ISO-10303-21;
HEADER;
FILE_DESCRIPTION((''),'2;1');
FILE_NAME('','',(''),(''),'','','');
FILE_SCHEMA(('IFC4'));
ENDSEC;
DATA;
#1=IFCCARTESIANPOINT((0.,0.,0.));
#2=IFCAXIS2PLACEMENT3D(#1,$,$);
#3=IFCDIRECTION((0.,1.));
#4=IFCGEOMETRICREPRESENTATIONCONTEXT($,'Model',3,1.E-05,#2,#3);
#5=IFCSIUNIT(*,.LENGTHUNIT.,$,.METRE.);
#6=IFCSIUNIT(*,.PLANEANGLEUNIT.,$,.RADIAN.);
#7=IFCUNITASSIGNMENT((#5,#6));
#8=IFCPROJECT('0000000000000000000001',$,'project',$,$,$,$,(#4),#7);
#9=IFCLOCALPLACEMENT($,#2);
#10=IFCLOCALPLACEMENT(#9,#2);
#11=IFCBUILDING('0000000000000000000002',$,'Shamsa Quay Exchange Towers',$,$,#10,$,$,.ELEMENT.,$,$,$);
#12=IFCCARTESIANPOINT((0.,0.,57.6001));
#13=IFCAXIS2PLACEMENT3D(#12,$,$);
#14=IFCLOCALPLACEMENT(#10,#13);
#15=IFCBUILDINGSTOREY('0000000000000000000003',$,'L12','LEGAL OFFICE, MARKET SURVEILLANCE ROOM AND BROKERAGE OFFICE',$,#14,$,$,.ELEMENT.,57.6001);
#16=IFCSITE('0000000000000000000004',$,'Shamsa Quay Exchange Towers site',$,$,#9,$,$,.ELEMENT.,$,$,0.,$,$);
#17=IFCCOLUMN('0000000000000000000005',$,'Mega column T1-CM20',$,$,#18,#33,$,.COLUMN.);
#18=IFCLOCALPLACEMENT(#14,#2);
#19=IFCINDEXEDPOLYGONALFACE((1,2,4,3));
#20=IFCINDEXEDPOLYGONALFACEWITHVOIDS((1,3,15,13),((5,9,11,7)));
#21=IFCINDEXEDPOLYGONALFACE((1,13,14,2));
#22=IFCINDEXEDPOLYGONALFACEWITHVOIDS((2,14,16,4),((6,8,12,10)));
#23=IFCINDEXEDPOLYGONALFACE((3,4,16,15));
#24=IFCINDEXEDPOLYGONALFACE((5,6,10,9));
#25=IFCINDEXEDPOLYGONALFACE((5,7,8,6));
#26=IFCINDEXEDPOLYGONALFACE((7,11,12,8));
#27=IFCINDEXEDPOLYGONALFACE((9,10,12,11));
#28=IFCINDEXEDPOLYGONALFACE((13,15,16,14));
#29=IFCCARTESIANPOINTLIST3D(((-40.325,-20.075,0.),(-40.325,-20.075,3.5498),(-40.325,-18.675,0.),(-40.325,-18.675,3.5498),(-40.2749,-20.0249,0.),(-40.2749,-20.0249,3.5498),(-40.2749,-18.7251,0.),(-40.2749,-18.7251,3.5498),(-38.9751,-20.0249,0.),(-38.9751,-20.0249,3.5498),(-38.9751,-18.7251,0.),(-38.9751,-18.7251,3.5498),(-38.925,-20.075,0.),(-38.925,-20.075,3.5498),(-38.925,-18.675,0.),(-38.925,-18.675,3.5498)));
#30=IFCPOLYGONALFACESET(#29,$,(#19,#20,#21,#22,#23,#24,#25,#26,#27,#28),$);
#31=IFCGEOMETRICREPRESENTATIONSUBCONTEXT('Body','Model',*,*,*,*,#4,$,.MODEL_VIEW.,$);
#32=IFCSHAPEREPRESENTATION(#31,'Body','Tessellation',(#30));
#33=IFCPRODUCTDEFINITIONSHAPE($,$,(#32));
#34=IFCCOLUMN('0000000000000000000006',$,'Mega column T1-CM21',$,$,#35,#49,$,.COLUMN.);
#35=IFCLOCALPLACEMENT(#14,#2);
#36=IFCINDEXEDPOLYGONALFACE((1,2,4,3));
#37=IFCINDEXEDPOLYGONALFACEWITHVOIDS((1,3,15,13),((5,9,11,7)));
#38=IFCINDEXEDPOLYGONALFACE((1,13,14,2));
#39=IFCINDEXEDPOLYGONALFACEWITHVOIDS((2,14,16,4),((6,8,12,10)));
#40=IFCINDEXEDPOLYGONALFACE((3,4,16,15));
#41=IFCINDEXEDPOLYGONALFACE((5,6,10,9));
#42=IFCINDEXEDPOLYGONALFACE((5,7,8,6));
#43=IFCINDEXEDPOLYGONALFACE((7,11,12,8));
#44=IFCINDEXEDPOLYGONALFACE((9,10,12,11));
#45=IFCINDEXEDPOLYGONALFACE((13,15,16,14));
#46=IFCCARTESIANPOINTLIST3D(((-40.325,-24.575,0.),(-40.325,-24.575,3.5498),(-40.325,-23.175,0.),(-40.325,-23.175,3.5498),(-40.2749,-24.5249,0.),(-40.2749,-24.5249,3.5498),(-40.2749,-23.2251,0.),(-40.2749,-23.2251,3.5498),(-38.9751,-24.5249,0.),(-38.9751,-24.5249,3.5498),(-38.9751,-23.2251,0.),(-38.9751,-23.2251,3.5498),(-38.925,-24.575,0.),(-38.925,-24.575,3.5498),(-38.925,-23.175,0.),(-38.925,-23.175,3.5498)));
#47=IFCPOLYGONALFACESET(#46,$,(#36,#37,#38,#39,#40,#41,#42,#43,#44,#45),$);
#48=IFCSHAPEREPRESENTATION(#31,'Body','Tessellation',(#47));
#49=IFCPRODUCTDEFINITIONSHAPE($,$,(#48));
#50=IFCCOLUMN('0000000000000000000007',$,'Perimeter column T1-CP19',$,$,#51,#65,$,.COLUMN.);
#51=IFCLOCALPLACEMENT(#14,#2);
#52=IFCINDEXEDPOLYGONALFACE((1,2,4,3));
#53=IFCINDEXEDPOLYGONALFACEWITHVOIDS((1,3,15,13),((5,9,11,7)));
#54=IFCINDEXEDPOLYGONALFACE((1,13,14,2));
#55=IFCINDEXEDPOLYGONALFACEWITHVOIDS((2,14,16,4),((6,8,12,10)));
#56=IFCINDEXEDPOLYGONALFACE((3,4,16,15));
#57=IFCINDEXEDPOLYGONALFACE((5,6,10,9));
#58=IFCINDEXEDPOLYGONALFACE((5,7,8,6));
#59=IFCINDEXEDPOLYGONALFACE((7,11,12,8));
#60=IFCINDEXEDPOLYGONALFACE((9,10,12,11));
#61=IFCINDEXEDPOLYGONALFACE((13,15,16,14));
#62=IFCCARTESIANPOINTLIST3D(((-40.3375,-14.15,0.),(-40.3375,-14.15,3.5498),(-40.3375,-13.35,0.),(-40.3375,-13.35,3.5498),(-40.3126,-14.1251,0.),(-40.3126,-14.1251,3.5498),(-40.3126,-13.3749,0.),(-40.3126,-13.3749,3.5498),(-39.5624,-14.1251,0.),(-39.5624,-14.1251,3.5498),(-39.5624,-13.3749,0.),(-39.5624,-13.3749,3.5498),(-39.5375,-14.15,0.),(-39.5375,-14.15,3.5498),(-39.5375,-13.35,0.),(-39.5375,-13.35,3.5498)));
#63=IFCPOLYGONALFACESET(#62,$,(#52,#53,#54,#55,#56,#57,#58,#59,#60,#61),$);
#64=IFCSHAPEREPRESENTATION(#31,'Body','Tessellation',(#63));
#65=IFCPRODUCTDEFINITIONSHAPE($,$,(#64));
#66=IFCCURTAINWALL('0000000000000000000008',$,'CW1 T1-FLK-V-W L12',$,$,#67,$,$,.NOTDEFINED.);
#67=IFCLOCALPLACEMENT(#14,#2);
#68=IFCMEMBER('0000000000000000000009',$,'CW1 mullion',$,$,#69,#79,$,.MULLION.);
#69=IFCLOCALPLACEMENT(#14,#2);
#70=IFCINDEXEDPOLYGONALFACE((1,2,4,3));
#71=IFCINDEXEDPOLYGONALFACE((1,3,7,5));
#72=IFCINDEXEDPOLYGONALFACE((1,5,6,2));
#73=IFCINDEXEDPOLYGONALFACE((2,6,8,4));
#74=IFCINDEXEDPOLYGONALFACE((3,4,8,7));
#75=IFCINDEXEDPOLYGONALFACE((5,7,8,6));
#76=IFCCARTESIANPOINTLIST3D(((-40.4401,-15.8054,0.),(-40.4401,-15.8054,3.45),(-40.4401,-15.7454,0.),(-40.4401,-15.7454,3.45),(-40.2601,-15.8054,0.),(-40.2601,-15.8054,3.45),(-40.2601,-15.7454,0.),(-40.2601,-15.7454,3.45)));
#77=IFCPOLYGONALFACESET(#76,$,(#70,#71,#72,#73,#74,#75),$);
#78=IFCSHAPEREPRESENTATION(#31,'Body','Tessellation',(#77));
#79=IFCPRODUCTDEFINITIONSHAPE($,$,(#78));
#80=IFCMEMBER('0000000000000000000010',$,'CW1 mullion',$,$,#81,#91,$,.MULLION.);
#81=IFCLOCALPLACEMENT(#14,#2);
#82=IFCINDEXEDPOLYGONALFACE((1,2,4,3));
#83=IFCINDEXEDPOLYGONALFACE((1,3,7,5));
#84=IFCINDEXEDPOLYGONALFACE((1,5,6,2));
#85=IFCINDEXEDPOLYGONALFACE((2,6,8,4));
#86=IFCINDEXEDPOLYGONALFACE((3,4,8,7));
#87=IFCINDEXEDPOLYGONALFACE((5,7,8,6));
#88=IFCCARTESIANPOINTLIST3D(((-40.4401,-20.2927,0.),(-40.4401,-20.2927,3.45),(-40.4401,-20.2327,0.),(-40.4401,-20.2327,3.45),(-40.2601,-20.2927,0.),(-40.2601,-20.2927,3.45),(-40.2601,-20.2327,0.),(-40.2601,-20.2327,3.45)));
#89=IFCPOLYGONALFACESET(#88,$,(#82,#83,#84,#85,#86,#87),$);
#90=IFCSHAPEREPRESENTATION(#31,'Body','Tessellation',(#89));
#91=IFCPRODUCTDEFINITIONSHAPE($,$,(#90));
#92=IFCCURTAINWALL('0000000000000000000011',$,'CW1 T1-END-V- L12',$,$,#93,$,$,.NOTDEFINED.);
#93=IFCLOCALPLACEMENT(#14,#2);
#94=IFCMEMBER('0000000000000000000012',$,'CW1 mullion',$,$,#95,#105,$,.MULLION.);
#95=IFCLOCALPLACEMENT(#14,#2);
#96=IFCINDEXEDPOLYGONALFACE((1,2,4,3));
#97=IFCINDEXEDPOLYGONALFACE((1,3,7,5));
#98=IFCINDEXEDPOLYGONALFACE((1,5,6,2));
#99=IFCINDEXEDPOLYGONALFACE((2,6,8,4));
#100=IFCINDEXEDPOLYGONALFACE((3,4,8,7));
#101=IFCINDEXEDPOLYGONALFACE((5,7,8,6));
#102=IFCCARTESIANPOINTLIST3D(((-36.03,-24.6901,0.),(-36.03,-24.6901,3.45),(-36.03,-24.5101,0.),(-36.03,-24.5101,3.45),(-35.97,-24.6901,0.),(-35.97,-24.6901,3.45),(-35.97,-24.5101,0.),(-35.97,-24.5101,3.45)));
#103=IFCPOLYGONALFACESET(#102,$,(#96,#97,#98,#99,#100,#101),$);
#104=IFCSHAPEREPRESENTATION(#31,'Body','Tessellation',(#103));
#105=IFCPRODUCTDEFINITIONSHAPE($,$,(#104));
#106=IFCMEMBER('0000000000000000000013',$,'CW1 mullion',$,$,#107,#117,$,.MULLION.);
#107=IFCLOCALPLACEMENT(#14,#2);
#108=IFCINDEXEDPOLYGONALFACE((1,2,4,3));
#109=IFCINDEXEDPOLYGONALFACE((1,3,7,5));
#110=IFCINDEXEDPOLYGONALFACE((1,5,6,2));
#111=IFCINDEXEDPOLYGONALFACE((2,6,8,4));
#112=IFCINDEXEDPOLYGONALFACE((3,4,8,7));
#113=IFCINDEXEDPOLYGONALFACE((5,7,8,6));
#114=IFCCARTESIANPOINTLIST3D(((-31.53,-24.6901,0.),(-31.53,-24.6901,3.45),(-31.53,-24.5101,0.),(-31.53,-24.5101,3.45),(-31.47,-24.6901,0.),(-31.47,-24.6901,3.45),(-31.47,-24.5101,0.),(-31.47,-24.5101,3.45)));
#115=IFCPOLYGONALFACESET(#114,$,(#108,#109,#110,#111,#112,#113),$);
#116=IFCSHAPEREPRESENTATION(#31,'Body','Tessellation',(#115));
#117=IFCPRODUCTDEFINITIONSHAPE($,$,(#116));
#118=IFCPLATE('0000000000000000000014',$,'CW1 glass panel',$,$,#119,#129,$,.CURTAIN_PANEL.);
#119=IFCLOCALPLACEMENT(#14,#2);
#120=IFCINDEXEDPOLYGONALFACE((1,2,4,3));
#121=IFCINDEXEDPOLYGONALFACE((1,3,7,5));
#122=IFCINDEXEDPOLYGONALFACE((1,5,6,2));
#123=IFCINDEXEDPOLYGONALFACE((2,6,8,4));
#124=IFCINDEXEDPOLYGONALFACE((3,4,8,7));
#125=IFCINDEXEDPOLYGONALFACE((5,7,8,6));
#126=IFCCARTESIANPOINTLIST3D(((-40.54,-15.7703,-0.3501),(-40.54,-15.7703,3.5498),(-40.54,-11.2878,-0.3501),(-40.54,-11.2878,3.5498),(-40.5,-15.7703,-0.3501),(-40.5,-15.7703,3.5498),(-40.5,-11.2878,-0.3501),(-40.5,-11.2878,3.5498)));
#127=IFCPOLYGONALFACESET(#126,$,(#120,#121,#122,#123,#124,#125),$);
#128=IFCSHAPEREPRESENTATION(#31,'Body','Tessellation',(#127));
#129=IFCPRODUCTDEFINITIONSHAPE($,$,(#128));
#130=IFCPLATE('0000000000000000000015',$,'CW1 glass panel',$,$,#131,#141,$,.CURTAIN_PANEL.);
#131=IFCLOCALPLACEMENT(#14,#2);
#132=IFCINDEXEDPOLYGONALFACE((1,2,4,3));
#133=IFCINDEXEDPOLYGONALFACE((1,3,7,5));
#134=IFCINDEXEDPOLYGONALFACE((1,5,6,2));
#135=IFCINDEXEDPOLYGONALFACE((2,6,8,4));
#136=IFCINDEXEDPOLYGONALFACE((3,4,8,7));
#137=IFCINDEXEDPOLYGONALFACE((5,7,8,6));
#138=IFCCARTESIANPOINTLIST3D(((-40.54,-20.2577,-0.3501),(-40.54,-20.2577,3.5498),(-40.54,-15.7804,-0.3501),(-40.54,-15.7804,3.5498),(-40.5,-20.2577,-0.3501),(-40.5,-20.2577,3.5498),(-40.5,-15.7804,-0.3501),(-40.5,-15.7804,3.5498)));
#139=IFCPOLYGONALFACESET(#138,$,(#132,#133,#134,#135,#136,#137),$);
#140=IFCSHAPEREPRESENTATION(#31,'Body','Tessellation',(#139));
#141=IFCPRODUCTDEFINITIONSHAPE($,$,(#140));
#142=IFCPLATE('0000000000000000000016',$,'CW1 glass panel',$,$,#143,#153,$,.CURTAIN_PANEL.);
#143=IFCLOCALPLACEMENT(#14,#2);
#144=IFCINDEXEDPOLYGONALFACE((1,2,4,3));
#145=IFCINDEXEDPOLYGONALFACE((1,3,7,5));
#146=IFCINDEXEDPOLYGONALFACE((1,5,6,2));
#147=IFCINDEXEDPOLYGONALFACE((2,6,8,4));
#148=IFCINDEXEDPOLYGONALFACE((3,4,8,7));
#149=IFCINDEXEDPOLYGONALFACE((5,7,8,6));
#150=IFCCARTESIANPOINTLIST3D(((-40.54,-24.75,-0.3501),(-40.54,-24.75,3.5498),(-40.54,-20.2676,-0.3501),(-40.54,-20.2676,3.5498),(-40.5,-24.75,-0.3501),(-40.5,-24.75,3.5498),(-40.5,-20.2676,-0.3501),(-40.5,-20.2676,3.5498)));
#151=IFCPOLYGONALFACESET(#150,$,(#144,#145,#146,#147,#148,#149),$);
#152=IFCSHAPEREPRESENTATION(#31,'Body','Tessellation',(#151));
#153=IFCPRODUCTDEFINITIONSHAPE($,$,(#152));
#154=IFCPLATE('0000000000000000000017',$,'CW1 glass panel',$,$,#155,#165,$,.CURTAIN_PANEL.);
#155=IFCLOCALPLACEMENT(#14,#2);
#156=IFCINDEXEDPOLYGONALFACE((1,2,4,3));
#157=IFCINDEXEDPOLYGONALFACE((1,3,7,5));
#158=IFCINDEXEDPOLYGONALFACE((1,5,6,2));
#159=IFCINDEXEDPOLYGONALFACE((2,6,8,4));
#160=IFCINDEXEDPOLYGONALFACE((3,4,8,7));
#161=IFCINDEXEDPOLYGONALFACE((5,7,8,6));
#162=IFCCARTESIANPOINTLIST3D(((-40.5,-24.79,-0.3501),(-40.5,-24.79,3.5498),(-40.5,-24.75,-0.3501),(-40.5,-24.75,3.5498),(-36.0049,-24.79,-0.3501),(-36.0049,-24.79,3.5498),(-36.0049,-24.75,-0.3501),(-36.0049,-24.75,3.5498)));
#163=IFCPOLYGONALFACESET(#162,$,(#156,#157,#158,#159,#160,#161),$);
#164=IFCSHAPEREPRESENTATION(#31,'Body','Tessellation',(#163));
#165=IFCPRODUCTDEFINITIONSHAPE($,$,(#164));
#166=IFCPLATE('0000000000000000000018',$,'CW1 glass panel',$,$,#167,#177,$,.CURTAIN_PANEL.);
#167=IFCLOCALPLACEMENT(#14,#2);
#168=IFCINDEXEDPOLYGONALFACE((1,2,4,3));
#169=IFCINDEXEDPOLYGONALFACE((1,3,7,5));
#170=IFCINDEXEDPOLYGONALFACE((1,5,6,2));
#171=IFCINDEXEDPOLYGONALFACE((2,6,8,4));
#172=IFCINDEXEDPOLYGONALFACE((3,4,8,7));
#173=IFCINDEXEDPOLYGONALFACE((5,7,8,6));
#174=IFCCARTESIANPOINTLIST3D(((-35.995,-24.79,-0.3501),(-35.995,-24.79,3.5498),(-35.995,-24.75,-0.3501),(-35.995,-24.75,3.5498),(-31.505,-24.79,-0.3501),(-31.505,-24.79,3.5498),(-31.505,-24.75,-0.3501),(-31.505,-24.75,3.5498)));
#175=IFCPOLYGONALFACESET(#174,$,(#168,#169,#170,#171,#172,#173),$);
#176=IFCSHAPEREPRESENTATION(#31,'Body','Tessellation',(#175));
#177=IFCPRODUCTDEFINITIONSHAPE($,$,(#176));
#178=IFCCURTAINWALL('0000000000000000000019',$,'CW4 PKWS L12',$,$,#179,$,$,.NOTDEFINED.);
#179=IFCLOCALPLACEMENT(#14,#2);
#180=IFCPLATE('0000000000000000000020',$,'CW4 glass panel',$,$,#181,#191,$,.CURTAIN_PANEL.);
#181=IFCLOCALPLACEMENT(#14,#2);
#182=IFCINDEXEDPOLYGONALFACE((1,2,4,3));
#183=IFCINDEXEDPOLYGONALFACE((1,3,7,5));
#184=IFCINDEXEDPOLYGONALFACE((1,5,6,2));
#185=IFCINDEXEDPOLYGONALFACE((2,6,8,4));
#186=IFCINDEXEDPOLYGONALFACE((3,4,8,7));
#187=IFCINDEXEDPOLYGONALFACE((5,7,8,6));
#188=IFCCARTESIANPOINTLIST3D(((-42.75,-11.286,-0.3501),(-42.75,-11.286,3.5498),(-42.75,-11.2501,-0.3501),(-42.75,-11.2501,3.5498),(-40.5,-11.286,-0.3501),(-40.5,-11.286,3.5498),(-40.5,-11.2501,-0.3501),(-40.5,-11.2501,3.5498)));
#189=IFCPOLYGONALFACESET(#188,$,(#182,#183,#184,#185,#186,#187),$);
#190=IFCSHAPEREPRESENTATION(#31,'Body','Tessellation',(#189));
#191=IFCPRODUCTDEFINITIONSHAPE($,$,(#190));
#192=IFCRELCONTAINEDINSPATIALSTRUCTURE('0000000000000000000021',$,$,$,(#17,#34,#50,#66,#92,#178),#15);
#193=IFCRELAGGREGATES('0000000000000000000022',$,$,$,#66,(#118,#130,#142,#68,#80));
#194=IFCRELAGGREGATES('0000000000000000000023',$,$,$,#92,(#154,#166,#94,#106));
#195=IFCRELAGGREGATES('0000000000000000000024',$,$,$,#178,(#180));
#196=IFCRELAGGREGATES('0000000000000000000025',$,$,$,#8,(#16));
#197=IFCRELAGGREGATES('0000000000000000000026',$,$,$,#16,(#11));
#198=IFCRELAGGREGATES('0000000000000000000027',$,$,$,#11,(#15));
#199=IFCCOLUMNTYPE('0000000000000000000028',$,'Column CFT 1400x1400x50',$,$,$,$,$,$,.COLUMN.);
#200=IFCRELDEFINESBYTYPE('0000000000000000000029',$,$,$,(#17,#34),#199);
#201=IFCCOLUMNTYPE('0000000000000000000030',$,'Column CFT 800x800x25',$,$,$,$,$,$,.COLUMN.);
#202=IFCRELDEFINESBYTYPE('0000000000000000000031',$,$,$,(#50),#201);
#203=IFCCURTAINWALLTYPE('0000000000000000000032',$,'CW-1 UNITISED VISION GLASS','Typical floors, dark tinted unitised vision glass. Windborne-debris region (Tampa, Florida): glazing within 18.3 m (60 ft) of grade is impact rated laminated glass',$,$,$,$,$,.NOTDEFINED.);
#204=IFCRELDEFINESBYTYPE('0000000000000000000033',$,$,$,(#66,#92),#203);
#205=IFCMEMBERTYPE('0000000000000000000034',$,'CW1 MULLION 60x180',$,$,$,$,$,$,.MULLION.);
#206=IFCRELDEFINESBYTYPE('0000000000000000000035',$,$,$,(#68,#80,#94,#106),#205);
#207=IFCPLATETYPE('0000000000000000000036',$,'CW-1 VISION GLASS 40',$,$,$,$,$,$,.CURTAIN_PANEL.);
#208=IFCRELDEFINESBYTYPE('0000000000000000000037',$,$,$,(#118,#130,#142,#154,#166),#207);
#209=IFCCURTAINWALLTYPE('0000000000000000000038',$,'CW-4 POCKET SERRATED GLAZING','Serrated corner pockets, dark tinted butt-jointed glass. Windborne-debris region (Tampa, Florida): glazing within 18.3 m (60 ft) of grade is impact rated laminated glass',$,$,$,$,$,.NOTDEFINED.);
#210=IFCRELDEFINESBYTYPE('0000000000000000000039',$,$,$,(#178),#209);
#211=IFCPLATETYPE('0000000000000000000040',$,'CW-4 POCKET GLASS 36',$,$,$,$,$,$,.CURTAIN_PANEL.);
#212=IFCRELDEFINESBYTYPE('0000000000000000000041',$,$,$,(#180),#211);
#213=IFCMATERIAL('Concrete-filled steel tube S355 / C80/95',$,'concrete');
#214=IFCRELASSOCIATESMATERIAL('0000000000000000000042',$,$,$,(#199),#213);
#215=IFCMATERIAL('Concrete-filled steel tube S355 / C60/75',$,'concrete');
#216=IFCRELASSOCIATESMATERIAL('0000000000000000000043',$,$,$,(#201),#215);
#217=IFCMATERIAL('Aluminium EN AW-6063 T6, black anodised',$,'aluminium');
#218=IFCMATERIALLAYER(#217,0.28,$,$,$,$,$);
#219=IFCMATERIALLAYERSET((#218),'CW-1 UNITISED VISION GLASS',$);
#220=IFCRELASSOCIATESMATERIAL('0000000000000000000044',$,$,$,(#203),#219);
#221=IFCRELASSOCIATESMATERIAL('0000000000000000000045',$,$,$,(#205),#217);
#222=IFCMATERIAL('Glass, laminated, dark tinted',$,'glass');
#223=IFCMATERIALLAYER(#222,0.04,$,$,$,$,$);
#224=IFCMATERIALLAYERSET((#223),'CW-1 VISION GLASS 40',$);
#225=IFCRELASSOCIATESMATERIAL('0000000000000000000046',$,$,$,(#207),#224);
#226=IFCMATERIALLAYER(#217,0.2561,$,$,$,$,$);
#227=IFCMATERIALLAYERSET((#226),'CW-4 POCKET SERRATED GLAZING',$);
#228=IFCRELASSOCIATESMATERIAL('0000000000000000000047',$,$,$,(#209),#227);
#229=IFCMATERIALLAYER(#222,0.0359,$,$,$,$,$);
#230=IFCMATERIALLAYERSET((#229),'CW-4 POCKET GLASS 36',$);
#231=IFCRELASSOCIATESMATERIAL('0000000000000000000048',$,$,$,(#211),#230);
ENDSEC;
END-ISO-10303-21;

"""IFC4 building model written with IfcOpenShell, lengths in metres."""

from ifc_helpers import new_model, si_unit, direction, frame, origin, origin_2d, place, context, subcontext, project, spatial, rectangle, hollow_rectangle, extrude, material, layer, layer_set, material_profile, profile_set, type_object, element, aggregate, save


model = new_model("IFC4")

# Units and contexts
model_context = context("Model", 3, precision=1e-05, world=origin(), true_north=direction((0.0, 1.0)))
body_context = subcontext(model_context, "Body", "Model", "MODEL_VIEW")
ifc_project = project(units=[si_unit("LENGTHUNIT", "METRE"), si_unit("PLANEANGLEUNIT", "RADIAN")], contexts=[model_context])

# Site, building, storey
site_placement = place(None, origin())
site = spatial("IfcSite", under=ifc_project, at=site_placement, Name="Shamsa Quay Exchange Towers site", CompositionType="ELEMENT", RefElevation=0.0)
building_placement = place(site_placement, origin())
building = spatial("IfcBuilding", under=site, at=building_placement, Name="Shamsa Quay Exchange Towers", CompositionType="ELEMENT")
storey_placement = place(building_placement, frame((0.0, 0.0, 57.6001)))
storey = spatial("IfcBuildingStorey", under=building, at=storey_placement, Name="L12", Description="LEGAL OFFICE, MARKET SURVEILLANCE ROOM AND BROKERAGE OFFICE", CompositionType="ELEMENT", Elevation=57.6001)

# Columns
ifc_material_1 = material(Name="Concrete-filled steel tube S355 / C80/95", Category="concrete")
ifc_material_profile_1 = material_profile(ifc_material_1, hollow_rectangle(XDim=1.3999, YDim=1.3999, WallThickness=0.05, at=origin_2d()), Name="CFT 1400x1400x50")
ifc_profile_set_1 = profile_set([ifc_material_profile_1], Name="Concrete-filled steel tube S355 / C80/95")
column_type_1 = type_object("IfcColumnType", Name="Column CFT 1400x1400x50", PredefinedType="COLUMN", material=ifc_profile_set_1)
for number, where, name in (
    (1, (-39.625, -19.375, 0.0), "Mega column T1-CM20"),
    (2, (-39.625, -23.875, 0.0), "Mega column T1-CM21"),
):
    element("IfcColumn", number, at=place(storey_placement, frame(where)), inside=storey, type_object=column_type_1, Name=name, PredefinedType="COLUMN", context=body_context, shape_type="SweptSolid", body=[
        extrude(hollow_rectangle(XDim=1.3999, YDim=1.3999, WallThickness=0.05, at=origin_2d()), origin(), (0.0, 0.0, 1.0), 3.5498),
    ])
ifc_material_2 = material(Name="Concrete-filled steel tube S355 / C60/75", Category="concrete")
ifc_material_profile_2 = material_profile(ifc_material_2, hollow_rectangle(XDim=0.8, YDim=0.8, WallThickness=0.0249, at=origin_2d()), Name="CFT 800x800x25")
ifc_profile_set_2 = profile_set([ifc_material_profile_2], Name="Concrete-filled steel tube S355 / C60/75")
column_type_2 = type_object("IfcColumnType", Name="Column CFT 800x800x25", PredefinedType="COLUMN", material=ifc_profile_set_2)
column_placement = place(storey_placement, frame((-39.9375, -13.75, 0.0)))
element("IfcColumn", 3, at=column_placement, inside=storey, type_object=column_type_2, Name="Perimeter column T1-CP19", PredefinedType="COLUMN", context=body_context, shape_type="SweptSolid", body=[
    extrude(hollow_rectangle(XDim=0.8, YDim=0.8, WallThickness=0.0249, at=origin_2d()), origin(), (0.0, 0.0, 1.0), 3.5498),
])

# Curtain walls, members
ifc_material_3 = material(Name="Aluminium EN AW-6063 T6, black anodised", Category="aluminium")
ifc_layer_1 = layer(ifc_material_3, 0.28)
ifc_layer_set_1 = layer_set([ifc_layer_1], Name="CW-1 UNITISED VISION GLASS")
curtain_wall_type_1 = type_object("IfcCurtainWallType", Name="CW-1 UNITISED VISION GLASS", Description="Typical floors, dark tinted unitised vision glass. Windborne-debris region (Tampa, Florida): glazing within 18.3 m (60 ft) of grade is impact rated laminated glass", PredefinedType="NOTDEFINED", material=ifc_layer_set_1)
curtain_wall_1_placement = place(storey_placement, origin())
curtain_wall_1 = element("IfcCurtainWall", 4, at=curtain_wall_1_placement, inside=storey, type_object=curtain_wall_type_1, Name="CW1 T1-FLK-V-W L12", PredefinedType="NOTDEFINED")
ifc_material_profile_3 = material_profile(ifc_material_3, rectangle(XDim=0.1799, YDim=0.0601, at=origin_2d()), Name="MU60x180")
ifc_profile_set_3 = profile_set([ifc_material_profile_3], Name="Aluminium EN AW-6063 T6, black anodised")
member_type = type_object("IfcMemberType", Name="CW1 MULLION 60x180", PredefinedType="MULLION", material=ifc_profile_set_3)
member_1_placement = place(storey_placement, frame((-40.3501, -15.7754, 0.0)))
member_1 = element("IfcMember", 5, at=member_1_placement, type_object=member_type, Name="CW1 mullion", PredefinedType="MULLION", context=body_context, shape_type="SweptSolid", body=[
    extrude(rectangle(XDim=0.1799, YDim=0.0601, at=origin_2d()), origin(), (0.0, 0.0, 1.0), 3.45),
])
member_2_placement = place(storey_placement, frame((-40.3501, -20.2627, 0.0)))
member_2 = element("IfcMember", 6, at=member_2_placement, type_object=member_type, Name="CW1 mullion", PredefinedType="MULLION", context=body_context, shape_type="SweptSolid", body=[
    extrude(rectangle(XDim=0.1799, YDim=0.0601, at=origin_2d()), origin(), (0.0, 0.0, 1.0), 3.45),
])
curtain_wall_2_placement = place(storey_placement, origin())
curtain_wall_2 = element("IfcCurtainWall", 7, at=curtain_wall_2_placement, inside=storey, type_object=curtain_wall_type_1, Name="CW1 T1-END-V- L12", PredefinedType="NOTDEFINED")
member_3_placement = place(storey_placement, frame((-36.0, -24.6001, 0.0), z_axis=(0.0, 0.0, 1.0), x_axis=(0.0, 1.0, 0.0)))
member_3 = element("IfcMember", 8, at=member_3_placement, type_object=member_type, Name="CW1 mullion", PredefinedType="MULLION", context=body_context, shape_type="SweptSolid", body=[
    extrude(rectangle(XDim=0.1799, YDim=0.0601, at=origin_2d()), origin(), (0.0, 0.0, 1.0), 3.45),
])
member_4_placement = place(storey_placement, frame((-31.5, -24.6001, 0.0), z_axis=(0.0, 0.0, 1.0), x_axis=(0.0, 1.0, 0.0)))
member_4 = element("IfcMember", 9, at=member_4_placement, type_object=member_type, Name="CW1 mullion", PredefinedType="MULLION", context=body_context, shape_type="SweptSolid", body=[
    extrude(rectangle(XDim=0.1799, YDim=0.0601, at=origin_2d()), origin(), (0.0, 0.0, 1.0), 3.45),
])

# Plates
ifc_material_4 = material(Name="Glass, laminated, dark tinted", Category="glass")
ifc_layer_2 = layer(ifc_material_4, 0.04)
ifc_layer_set_2 = layer_set([ifc_layer_2], Name="CW-1 VISION GLASS 40")
plate_type_1 = type_object("IfcPlateType", Name="CW-1 VISION GLASS 40", PredefinedType="CURTAIN_PANEL", material=ifc_layer_set_2)
plate_1_placement = place(storey_placement, frame((-40.52, -13.5291, -0.3501), z_axis=(0.0, 0.0, 1.0), x_axis=(0.0, -1.0, 0.0)))
plate_1 = element("IfcPlate", 10, at=plate_1_placement, type_object=plate_type_1, Name="CW1 glass panel", PredefinedType="CURTAIN_PANEL", context=body_context, shape_type="SweptSolid", body=[
    extrude(rectangle(XDim=4.4824, YDim=0.04, at=origin_2d()), origin(), (0.0, 0.0, 1.0), 3.8999),
])
plate_2_placement = place(storey_placement, frame((-40.52, -18.019, -0.3501), z_axis=(0.0, 0.0, 1.0), x_axis=(0.0, -1.0, 0.0)))
plate_2 = element("IfcPlate", 11, at=plate_2_placement, type_object=plate_type_1, Name="CW1 glass panel", PredefinedType="CURTAIN_PANEL", context=body_context, shape_type="SweptSolid", body=[
    extrude(rectangle(XDim=4.4773, YDim=0.04, at=origin_2d()), origin(), (0.0, 0.0, 1.0), 3.8999),
])
plate_3_placement = place(storey_placement, frame((-40.52, -22.5088, -0.3501), z_axis=(0.0, 0.0, 1.0), x_axis=(0.0, -1.0, 0.0)))
plate_3 = element("IfcPlate", 12, at=plate_3_placement, type_object=plate_type_1, Name="CW1 glass panel", PredefinedType="CURTAIN_PANEL", context=body_context, shape_type="SweptSolid", body=[
    extrude(rectangle(XDim=4.4824, YDim=0.04, at=origin_2d()), origin(), (0.0, 0.0, 1.0), 3.8999),
])
aggregate(curtain_wall_1, [plate_1, plate_2, plate_3, member_1, member_2])
plate_4_placement = place(storey_placement, frame((-38.2524, -24.77, -0.3501)))
plate_4 = element("IfcPlate", 13, at=plate_4_placement, type_object=plate_type_1, Name="CW1 glass panel", PredefinedType="CURTAIN_PANEL", context=body_context, shape_type="SweptSolid", body=[
    extrude(rectangle(XDim=4.4951, YDim=0.04, at=origin_2d()), origin(), (0.0, 0.0, 1.0), 3.8999),
])
plate_5_placement = place(storey_placement, frame((-33.75, -24.77, -0.3501)))
plate_5 = element("IfcPlate", 14, at=plate_5_placement, type_object=plate_type_1, Name="CW1 glass panel", PredefinedType="CURTAIN_PANEL", context=body_context, shape_type="SweptSolid", body=[
    extrude(rectangle(XDim=4.49, YDim=0.04, at=origin_2d()), origin(), (0.0, 0.0, 1.0), 3.8999),
])
aggregate(curtain_wall_2, [plate_4, plate_5, member_3, member_4])

# Curtain wall, plate
ifc_layer_3 = layer(ifc_material_3, 0.2561)
ifc_layer_set_3 = layer_set([ifc_layer_3], Name="CW-4 POCKET SERRATED GLAZING")
curtain_wall_type_2 = type_object("IfcCurtainWallType", Name="CW-4 POCKET SERRATED GLAZING", Description="Serrated corner pockets, dark tinted butt-jointed glass. Windborne-debris region (Tampa, Florida): glazing within 18.3 m (60 ft) of grade is impact rated laminated glass", PredefinedType="NOTDEFINED", material=ifc_layer_set_3)
curtain_wall_3_placement = place(storey_placement, origin())
curtain_wall_3 = element("IfcCurtainWall", 15, at=curtain_wall_3_placement, inside=storey, type_object=curtain_wall_type_2, Name="CW4 PKWS L12", PredefinedType="NOTDEFINED")
ifc_layer_4 = layer(ifc_material_4, 0.0359)
ifc_layer_set_4 = layer_set([ifc_layer_4], Name="CW-4 POCKET GLASS 36")
plate_type_2 = type_object("IfcPlateType", Name="CW-4 POCKET GLASS 36", PredefinedType="CURTAIN_PANEL", material=ifc_layer_set_4)
plate_6_placement = place(storey_placement, frame((-41.625, -11.2681, -0.3501)))
plate_6 = element("IfcPlate", 16, at=plate_6_placement, type_object=plate_type_2, Name="CW4 glass panel", PredefinedType="CURTAIN_PANEL", context=body_context, shape_type="SweptSolid", body=[
    extrude(rectangle(XDim=2.25, YDim=0.0359, at=origin_2d()), origin(), (0.0, 0.0, 1.0), 3.8999),
])
aggregate(curtain_wall_3, [plate_6])

save(model, "model.ifc")
